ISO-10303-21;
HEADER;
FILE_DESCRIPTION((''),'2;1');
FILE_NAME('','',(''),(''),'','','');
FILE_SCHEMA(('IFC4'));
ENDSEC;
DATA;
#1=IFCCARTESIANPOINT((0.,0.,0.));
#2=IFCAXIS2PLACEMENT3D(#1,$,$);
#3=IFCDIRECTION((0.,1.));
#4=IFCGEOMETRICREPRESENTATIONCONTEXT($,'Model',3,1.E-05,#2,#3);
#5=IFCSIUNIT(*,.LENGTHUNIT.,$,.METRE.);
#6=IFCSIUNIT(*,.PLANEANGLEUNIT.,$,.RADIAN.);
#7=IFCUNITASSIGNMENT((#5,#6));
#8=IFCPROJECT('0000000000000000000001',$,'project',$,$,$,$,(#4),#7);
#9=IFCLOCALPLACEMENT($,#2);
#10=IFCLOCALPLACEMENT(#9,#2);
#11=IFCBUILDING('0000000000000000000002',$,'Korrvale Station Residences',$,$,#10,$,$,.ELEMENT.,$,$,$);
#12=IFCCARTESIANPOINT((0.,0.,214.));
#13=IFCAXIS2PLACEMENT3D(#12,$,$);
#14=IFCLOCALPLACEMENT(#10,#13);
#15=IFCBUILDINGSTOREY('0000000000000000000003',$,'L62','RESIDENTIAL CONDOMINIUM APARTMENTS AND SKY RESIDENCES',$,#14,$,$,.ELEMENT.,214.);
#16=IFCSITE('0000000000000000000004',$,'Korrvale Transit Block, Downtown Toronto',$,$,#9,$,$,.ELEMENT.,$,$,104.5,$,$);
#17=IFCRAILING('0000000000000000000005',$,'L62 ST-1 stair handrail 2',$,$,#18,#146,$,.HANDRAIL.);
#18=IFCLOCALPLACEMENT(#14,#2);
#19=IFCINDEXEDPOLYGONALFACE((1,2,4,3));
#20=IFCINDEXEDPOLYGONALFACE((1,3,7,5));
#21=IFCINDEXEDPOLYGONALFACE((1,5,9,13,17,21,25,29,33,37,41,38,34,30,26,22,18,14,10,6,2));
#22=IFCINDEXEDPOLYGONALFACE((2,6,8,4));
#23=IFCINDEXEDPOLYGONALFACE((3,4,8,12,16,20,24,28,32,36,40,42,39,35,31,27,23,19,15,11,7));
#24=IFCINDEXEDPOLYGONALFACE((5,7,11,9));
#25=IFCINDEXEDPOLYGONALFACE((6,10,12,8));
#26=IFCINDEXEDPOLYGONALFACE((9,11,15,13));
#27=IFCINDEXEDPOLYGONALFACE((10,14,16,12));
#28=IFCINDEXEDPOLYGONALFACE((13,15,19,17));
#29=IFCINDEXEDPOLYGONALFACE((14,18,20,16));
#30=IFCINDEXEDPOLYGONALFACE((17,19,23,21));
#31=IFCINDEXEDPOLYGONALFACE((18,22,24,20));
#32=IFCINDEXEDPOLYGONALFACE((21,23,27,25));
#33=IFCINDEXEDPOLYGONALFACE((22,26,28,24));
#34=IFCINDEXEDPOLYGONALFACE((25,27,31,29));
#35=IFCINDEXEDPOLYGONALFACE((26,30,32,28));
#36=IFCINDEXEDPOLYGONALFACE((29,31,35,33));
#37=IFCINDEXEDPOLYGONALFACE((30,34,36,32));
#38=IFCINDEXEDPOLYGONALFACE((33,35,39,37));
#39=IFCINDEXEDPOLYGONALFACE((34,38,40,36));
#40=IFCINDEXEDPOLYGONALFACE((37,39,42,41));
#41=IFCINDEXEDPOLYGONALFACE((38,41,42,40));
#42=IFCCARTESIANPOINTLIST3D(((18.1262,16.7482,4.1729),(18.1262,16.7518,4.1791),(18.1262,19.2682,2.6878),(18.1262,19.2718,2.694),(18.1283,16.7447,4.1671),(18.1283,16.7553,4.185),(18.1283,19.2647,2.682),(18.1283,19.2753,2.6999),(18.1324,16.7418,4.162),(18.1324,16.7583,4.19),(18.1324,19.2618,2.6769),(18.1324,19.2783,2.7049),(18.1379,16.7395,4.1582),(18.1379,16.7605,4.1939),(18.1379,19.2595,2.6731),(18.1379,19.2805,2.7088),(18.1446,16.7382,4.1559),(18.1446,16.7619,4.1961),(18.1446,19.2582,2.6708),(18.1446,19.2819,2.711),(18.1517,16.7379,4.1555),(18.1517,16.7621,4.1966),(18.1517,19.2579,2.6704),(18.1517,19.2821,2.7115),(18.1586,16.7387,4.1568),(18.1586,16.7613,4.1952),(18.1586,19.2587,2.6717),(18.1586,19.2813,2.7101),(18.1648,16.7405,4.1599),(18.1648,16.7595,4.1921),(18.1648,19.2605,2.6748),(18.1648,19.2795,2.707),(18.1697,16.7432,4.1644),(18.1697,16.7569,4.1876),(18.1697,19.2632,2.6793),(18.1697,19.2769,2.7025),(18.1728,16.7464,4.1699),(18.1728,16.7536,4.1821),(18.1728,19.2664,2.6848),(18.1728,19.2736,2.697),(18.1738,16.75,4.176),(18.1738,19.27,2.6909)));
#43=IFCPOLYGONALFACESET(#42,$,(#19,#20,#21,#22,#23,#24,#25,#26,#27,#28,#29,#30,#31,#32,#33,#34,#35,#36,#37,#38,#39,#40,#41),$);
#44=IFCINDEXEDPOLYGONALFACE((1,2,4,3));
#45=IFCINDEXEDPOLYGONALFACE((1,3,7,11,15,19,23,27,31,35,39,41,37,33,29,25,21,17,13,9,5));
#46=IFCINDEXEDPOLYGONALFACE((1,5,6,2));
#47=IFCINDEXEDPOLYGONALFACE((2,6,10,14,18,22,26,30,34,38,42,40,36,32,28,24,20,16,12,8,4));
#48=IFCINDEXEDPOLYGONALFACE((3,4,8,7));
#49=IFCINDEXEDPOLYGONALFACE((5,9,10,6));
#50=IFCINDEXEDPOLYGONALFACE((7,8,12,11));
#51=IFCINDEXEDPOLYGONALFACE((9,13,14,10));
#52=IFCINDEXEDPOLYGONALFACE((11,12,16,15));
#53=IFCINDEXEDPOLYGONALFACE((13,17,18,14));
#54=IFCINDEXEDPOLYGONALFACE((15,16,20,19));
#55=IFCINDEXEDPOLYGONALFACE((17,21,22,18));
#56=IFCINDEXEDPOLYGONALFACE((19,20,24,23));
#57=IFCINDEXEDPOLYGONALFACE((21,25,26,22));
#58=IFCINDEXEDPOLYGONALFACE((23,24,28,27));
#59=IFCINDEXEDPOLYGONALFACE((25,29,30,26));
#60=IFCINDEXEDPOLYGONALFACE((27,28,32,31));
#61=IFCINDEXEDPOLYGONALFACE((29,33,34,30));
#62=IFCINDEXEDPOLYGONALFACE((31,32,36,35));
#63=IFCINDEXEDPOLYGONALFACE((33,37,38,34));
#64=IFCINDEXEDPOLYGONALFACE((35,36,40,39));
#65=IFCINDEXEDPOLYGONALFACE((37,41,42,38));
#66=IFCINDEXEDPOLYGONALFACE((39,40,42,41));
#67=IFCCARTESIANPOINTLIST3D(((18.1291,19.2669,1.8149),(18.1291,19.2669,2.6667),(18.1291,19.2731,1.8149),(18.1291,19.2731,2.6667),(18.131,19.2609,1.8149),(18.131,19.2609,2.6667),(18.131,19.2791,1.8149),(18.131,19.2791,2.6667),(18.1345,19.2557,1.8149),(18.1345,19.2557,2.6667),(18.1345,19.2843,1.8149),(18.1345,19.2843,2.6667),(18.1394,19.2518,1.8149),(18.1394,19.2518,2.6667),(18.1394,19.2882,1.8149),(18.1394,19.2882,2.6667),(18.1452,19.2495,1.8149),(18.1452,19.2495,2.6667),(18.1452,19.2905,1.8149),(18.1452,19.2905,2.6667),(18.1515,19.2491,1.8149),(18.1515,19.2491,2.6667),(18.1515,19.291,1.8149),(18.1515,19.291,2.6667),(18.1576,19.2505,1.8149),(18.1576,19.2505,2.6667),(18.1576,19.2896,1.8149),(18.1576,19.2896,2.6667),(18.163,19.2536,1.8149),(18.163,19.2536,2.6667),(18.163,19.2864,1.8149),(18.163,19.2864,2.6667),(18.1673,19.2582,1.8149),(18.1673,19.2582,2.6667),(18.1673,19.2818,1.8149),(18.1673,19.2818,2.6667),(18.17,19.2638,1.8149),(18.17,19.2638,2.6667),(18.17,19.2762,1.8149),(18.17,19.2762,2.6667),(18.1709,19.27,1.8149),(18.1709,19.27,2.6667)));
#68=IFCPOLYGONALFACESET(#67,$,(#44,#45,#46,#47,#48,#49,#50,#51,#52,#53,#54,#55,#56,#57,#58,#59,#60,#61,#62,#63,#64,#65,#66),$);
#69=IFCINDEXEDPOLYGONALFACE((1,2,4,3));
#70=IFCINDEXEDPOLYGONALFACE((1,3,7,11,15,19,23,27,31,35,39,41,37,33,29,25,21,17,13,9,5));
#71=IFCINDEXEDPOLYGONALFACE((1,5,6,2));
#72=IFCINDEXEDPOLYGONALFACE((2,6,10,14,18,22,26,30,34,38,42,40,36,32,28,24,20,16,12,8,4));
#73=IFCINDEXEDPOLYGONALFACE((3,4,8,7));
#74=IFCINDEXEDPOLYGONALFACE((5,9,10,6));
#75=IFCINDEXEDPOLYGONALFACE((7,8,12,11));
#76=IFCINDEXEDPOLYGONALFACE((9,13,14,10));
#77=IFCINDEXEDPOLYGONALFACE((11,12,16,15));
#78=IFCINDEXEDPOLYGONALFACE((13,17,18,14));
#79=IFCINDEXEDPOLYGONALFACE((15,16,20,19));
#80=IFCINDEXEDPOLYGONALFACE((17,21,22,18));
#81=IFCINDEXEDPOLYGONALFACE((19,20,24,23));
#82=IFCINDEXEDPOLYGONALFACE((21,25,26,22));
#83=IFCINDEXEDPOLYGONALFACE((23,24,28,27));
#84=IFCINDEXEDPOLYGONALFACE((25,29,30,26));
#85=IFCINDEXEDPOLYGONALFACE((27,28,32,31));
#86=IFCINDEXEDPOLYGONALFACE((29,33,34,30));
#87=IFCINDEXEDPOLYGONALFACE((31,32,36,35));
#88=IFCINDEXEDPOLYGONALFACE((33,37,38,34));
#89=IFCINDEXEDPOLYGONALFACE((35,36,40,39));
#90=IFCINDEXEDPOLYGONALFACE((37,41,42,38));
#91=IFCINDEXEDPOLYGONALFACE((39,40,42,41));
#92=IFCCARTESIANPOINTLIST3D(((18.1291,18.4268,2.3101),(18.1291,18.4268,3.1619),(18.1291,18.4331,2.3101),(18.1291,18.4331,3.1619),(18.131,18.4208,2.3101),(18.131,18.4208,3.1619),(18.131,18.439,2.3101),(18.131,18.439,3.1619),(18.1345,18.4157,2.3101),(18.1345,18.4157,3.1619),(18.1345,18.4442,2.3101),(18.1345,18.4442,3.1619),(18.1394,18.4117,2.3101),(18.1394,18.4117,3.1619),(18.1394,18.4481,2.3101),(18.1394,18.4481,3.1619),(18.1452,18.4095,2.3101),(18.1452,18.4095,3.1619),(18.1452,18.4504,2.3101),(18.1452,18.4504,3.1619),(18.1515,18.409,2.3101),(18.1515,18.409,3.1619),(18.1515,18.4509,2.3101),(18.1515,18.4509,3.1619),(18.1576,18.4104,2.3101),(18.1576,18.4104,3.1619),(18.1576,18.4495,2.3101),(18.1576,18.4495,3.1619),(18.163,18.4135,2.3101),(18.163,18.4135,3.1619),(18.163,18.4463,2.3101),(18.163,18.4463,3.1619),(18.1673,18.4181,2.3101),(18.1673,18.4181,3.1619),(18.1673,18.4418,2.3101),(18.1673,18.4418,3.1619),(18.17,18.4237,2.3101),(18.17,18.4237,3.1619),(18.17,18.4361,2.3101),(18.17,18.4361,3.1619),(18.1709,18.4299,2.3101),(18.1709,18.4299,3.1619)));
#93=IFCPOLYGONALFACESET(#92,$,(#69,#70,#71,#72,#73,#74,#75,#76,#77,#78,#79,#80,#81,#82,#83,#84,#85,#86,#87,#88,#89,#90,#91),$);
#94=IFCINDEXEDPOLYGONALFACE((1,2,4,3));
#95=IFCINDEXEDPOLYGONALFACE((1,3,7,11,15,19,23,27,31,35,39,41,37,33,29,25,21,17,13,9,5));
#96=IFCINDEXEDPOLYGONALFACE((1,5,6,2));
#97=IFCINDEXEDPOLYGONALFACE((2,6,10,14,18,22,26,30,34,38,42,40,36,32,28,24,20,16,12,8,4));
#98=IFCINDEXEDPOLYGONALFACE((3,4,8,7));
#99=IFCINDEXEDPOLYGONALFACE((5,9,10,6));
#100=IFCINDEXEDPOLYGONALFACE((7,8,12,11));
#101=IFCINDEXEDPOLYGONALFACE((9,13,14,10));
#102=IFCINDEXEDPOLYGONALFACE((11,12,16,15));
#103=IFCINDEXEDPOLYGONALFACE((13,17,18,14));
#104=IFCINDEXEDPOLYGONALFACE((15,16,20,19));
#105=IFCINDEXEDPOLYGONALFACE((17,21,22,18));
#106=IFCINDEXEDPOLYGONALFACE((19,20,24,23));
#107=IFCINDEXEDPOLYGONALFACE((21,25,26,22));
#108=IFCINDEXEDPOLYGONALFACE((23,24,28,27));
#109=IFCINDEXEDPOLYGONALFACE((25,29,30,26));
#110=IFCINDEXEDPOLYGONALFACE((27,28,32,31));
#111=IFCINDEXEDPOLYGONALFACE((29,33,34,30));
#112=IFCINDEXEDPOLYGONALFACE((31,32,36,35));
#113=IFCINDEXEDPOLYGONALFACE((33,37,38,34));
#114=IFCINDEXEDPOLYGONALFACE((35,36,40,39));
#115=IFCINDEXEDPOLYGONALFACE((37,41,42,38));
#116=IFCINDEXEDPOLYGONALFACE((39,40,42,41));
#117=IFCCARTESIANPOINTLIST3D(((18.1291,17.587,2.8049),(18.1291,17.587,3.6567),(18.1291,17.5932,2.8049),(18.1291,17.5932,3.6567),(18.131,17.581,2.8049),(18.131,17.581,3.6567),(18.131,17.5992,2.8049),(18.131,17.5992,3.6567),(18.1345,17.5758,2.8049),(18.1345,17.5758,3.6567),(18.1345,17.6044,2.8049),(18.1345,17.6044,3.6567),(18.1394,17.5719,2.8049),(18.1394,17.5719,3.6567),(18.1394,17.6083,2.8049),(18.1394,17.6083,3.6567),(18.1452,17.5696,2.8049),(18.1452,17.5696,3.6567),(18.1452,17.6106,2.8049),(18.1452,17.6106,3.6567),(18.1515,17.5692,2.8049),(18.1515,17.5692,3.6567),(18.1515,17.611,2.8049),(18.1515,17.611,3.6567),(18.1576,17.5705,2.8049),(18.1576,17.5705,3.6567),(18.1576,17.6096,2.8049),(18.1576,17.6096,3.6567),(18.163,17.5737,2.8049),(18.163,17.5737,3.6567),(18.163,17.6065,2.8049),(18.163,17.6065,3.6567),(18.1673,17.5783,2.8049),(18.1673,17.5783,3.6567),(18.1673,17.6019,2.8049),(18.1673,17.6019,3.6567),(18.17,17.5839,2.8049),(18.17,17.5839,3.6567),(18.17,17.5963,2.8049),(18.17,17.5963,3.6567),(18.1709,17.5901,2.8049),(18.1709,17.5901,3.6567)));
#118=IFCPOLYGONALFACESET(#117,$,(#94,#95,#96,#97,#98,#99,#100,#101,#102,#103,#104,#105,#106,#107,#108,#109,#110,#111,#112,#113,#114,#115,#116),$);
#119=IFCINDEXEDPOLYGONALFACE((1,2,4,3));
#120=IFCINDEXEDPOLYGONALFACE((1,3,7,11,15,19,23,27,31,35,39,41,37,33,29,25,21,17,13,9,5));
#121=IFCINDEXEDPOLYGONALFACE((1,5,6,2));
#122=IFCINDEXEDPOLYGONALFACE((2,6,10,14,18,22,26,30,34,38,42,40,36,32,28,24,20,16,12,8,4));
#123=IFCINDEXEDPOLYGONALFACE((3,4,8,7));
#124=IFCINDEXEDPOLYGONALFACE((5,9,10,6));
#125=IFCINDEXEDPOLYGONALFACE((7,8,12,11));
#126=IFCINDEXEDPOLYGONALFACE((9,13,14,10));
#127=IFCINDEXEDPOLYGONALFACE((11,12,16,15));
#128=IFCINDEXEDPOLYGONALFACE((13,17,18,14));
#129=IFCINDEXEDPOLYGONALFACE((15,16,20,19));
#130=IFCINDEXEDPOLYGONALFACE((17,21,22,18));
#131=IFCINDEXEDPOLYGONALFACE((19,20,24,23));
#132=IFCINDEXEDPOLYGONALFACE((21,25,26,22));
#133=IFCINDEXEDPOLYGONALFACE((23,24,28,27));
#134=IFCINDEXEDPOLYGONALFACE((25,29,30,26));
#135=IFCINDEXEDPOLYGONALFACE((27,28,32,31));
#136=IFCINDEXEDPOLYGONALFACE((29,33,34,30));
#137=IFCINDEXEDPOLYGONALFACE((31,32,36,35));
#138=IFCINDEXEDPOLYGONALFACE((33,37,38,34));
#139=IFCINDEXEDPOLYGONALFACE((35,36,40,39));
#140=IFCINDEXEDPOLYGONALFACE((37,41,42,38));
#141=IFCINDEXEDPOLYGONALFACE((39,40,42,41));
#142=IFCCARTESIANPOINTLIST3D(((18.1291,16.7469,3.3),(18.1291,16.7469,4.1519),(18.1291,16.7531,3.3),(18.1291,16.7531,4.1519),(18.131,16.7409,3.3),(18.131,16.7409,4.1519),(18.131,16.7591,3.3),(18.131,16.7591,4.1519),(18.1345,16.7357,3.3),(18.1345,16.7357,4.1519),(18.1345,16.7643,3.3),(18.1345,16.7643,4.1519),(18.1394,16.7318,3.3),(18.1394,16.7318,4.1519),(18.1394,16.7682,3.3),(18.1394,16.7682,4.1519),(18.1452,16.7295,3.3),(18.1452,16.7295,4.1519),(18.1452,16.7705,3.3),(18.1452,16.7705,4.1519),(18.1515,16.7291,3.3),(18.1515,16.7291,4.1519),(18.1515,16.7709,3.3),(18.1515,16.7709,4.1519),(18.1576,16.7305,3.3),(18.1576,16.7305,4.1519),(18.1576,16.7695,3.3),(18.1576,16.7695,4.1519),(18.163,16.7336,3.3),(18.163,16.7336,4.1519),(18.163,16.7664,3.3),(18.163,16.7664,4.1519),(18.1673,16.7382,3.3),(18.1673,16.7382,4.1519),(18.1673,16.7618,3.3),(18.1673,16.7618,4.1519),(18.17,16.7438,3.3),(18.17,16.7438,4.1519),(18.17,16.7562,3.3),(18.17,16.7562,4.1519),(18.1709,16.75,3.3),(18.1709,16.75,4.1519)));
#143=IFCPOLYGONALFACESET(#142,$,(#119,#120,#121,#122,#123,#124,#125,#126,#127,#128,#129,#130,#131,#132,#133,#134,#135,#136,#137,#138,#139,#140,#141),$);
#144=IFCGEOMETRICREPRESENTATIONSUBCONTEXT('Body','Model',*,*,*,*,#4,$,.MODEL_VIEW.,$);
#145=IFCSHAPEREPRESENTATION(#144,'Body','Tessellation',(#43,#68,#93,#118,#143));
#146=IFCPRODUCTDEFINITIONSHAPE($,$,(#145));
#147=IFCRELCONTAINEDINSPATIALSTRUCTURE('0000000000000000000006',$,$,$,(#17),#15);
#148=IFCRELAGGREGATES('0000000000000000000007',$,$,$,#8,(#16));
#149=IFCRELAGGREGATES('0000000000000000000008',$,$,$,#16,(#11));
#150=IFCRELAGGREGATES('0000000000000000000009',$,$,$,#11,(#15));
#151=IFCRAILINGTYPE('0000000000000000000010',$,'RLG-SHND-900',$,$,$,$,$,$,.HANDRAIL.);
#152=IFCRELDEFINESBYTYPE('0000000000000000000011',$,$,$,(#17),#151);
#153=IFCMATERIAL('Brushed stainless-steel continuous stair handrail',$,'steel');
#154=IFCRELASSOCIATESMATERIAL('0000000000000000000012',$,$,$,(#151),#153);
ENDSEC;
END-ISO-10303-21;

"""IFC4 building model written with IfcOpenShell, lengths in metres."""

from ifc_helpers import new_model, si_unit, direction, frame, origin, origin_2d, place, context, subcontext, project, spatial, circle, extrude, material, type_object, element, save


model = new_model("IFC4")

# Units and contexts
model_context = context("Model", 3, precision=1e-05, world=origin(), true_north=direction((0.0, 1.0)))
body_context = subcontext(model_context, "Body", "Model", "MODEL_VIEW")
ifc_project = project(units=[si_unit("LENGTHUNIT", "METRE"), si_unit("PLANEANGLEUNIT", "RADIAN")], contexts=[model_context])

# Site, building, storey
site_placement = place(None, origin())
site = spatial("IfcSite", under=ifc_project, at=site_placement, Name="Korrvale Transit Block, Downtown Toronto", CompositionType="ELEMENT", RefElevation=104.5)
building_placement = place(site_placement, origin())
building = spatial("IfcBuilding", under=site, at=building_placement, Name="Korrvale Station Residences", CompositionType="ELEMENT")
storey_placement = place(building_placement, frame((0.0, 0.0, 214.0)))
storey = spatial("IfcBuildingStorey", under=building, at=storey_placement, Name="L62", Description="RESIDENTIAL CONDOMINIUM APARTMENTS AND SKY RESIDENCES", CompositionType="ELEMENT", Elevation=214.0)

# Railing
ifc_material_1 = material(Name="Brushed stainless-steel continuous stair handrail", Category="steel")
railing_type_1 = type_object("IfcRailingType", Name="RLG-SHND-900", PredefinedType="HANDRAIL", material=ifc_material_1)
railing_1_placement = place(storey_placement, frame((18.1499, 19.27, 1.8149)))
element("IfcRailing", 1, at=railing_1_placement, inside=storey, type_object=railing_type_1, Name="L62 ST-1 stair handrail 2", PredefinedType="HANDRAIL", context=body_context, shape_type="SweptSolid", body=[
    extrude(circle(Radius=0.0239, at=origin_2d()), frame((0.0, 0.0, 0.876), z_axis=(0.0, -0.861524, 0.507717), x_axis=(1.0, 0.0, 0.0)), (0.0, 0.0, 1.0), 2.925),
    extrude(circle(Radius=0.021, at=origin_2d()), origin(), (0.0, 0.0, 1.0), 0.8518),
    extrude(circle(Radius=0.021, at=origin_2d()), frame((0.0, -0.8401, 0.4951)), (0.0, 0.0, 1.0), 0.8518),
    extrude(circle(Radius=0.021, at=origin_2d()), frame((0.0, -1.6799, 0.99)), (0.0, 0.0, 1.0), 0.8518),
    extrude(circle(Radius=0.021, at=origin_2d()), frame((0.0, -2.52, 1.4851)), (0.0, 0.0, 1.0), 0.8518),
])

save(model, "model.ifc")
